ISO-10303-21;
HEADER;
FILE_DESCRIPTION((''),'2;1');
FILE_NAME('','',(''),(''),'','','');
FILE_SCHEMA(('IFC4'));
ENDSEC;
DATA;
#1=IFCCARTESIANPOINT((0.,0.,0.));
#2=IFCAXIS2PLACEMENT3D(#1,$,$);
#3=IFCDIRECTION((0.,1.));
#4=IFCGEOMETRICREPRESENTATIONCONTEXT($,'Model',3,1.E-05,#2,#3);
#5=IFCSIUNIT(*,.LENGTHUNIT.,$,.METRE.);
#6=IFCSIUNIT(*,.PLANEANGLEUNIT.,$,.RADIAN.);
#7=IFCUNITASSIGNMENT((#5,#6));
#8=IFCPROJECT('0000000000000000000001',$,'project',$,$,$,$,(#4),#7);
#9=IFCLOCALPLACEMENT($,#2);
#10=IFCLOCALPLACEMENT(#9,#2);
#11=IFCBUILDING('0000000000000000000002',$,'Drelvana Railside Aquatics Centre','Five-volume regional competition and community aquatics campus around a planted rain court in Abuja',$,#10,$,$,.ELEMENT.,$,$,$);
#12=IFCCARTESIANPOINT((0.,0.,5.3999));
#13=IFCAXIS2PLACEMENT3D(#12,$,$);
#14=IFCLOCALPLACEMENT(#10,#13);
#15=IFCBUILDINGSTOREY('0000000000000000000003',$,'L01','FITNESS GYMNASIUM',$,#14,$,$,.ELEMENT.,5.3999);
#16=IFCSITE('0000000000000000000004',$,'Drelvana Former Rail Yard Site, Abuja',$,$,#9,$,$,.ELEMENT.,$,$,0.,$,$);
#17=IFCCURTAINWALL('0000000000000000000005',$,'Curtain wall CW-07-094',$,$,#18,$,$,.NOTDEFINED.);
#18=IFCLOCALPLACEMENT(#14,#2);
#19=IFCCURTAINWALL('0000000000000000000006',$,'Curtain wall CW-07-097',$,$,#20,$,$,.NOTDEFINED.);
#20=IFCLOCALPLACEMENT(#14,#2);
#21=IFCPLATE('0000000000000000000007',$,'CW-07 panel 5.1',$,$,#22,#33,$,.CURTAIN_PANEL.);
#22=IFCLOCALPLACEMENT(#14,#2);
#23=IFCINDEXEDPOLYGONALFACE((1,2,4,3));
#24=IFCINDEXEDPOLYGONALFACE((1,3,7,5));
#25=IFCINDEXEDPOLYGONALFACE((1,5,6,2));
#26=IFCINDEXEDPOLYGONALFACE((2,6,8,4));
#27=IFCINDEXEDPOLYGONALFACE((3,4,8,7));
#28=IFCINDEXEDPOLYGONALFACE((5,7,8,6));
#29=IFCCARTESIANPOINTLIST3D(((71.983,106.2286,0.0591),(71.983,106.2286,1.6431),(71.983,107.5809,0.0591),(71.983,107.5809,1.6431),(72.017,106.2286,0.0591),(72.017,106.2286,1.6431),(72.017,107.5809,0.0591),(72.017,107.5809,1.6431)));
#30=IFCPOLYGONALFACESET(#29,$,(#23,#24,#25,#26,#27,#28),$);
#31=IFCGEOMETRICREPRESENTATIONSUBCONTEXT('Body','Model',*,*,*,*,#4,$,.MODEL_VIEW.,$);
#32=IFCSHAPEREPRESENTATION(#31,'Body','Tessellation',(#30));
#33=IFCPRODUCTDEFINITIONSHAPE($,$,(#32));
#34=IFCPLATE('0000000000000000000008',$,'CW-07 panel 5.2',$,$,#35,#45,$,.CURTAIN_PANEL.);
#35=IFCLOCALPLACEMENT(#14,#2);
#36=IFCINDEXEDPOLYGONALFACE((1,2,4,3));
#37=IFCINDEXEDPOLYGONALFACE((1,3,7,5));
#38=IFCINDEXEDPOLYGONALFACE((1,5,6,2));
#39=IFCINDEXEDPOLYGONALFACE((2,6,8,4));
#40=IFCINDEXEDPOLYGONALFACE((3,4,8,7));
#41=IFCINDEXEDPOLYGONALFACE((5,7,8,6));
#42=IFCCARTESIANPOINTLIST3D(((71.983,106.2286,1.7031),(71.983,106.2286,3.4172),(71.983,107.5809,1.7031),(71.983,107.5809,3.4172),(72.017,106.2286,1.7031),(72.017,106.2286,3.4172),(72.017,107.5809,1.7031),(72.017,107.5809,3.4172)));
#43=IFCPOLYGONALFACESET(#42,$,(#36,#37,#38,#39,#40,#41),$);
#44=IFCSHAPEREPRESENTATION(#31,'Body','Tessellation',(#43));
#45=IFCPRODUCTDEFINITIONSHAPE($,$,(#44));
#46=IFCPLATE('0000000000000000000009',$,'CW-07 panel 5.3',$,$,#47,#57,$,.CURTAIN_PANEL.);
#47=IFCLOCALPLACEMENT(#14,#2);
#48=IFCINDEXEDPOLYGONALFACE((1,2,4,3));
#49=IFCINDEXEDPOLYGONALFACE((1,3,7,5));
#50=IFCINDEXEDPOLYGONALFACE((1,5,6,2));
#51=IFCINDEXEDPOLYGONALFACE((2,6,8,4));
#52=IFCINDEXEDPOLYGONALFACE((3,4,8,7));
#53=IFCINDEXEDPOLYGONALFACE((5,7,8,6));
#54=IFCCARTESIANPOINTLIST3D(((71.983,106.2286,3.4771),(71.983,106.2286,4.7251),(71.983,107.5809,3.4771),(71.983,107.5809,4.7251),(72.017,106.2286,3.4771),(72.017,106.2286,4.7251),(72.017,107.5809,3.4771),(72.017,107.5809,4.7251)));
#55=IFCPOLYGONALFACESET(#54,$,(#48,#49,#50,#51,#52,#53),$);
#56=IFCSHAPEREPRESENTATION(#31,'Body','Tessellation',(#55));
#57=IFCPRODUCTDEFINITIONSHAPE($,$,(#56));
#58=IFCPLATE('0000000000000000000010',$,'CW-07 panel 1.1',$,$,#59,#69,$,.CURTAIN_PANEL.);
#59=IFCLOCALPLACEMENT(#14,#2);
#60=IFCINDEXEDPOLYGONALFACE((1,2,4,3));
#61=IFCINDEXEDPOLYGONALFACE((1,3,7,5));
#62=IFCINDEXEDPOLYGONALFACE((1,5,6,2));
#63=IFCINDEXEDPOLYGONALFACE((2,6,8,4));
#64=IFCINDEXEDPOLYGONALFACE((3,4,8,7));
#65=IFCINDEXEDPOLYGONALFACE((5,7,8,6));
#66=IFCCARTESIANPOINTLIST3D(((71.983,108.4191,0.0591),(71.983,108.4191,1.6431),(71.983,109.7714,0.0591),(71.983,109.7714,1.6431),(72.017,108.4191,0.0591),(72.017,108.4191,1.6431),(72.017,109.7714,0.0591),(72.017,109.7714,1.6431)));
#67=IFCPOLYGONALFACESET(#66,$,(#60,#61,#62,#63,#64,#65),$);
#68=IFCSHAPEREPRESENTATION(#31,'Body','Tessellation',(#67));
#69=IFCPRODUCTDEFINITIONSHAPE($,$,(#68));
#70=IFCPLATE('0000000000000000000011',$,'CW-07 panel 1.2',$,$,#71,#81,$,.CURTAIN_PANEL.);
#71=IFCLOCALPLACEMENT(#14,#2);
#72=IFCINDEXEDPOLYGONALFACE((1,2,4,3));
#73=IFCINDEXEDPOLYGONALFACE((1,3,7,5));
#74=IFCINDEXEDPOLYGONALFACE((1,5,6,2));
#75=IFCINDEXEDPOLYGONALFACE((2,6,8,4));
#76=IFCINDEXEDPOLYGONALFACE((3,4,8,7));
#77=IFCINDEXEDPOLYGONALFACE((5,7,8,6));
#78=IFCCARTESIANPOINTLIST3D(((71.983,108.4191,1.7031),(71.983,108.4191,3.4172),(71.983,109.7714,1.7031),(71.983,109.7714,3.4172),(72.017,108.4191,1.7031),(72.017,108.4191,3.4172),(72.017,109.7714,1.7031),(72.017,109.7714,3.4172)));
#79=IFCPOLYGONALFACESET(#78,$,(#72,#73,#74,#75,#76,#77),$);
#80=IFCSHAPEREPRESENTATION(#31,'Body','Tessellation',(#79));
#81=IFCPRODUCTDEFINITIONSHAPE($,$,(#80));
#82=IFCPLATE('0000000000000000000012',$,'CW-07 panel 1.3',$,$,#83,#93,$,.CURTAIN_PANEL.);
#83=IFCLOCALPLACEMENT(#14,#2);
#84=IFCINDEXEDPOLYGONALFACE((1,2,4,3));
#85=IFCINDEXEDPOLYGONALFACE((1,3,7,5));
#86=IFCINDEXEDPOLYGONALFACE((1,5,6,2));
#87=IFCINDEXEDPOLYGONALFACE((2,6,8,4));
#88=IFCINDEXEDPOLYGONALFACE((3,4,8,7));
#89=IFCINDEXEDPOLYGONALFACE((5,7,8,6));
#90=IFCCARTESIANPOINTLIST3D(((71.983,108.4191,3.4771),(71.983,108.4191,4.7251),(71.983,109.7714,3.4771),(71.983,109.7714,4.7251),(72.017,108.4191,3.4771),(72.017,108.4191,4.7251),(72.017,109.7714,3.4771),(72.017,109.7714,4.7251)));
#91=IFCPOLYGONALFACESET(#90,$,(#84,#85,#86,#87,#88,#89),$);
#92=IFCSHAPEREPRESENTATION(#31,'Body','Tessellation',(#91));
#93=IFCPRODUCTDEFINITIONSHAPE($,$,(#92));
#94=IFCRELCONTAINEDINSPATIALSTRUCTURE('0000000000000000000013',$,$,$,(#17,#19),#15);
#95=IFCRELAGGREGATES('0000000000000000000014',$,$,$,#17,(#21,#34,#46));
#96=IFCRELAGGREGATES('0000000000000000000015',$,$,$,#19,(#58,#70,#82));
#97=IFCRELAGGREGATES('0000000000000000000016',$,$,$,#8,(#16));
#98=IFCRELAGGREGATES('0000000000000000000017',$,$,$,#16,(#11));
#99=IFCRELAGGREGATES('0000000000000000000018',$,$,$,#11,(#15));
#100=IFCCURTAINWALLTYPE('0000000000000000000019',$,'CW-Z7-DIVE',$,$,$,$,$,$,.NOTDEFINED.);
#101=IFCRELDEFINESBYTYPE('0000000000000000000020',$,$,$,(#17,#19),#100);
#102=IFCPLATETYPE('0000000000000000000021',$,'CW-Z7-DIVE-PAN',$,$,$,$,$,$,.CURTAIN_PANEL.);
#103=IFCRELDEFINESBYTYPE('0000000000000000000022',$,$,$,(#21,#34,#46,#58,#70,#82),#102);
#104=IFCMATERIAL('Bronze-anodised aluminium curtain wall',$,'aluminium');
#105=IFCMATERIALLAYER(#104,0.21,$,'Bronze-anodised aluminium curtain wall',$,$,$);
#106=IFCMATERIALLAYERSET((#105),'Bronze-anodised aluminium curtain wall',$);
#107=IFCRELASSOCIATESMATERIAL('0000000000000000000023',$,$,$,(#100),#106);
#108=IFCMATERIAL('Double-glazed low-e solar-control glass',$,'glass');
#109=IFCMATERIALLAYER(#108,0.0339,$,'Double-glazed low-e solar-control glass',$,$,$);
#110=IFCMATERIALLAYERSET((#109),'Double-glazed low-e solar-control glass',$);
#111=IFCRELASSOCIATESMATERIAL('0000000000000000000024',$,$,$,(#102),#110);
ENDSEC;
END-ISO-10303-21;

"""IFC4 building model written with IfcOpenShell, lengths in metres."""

from ifc_helpers import new_model, si_unit, direction, frame, origin, origin_2d, place, context, subcontext, project, spatial, rectangle, extrude, material, layer, layer_set, type_object, element, aggregate, save


model = new_model("IFC4")

# Units and contexts
model_context = context("Model", 3, precision=1e-05, world=origin(), true_north=direction((0.0, 1.0)))
body_context = subcontext(model_context, "Body", "Model", "MODEL_VIEW")
ifc_project = project(units=[si_unit("LENGTHUNIT", "METRE"), si_unit("PLANEANGLEUNIT", "RADIAN")], contexts=[model_context])

# Site, building, storey
site_placement = place(None, origin())
site = spatial("IfcSite", under=ifc_project, at=site_placement, Name="Drelvana Former Rail Yard Site, Abuja", CompositionType="ELEMENT", RefElevation=0.0)
building_placement = place(site_placement, origin())
building = spatial("IfcBuilding", under=site, at=building_placement, Name="Drelvana Railside Aquatics Centre", Description="Five-volume regional competition and community aquatics campus around a planted rain court in Abuja", CompositionType="ELEMENT")
storey_placement = place(building_placement, frame((0.0, 0.0, 5.3999)))
storey = spatial("IfcBuildingStorey", under=building, at=storey_placement, Name="L01", Description="FITNESS GYMNASIUM", CompositionType="ELEMENT", Elevation=5.3999)

# Shared definitions
ifc_material_1 = material(Name="Bronze-anodised aluminium curtain wall", Category="aluminium")

# Curtain wall
ifc_layer_1 = layer(ifc_material_1, 0.21, Name="Bronze-anodised aluminium curtain wall")
ifc_layer_set_1 = layer_set([ifc_layer_1], Name="Bronze-anodised aluminium curtain wall")
curtain_wall_type_1 = type_object("IfcCurtainWallType", Name="CW-Z7-DIVE", PredefinedType="NOTDEFINED", material=ifc_layer_set_1)
curtain_wall_1_placement = place(storey_placement, origin())
curtain_wall_1 = element("IfcCurtainWall", 1, at=curtain_wall_1_placement, inside=storey, type_object=curtain_wall_type_1, Name="Curtain wall CW-07-094", PredefinedType="NOTDEFINED")

# Curtain wall
curtain_wall_2_placement = place(storey_placement, origin())
curtain_wall_2 = element("IfcCurtainWall", 2, at=curtain_wall_2_placement, inside=storey, type_object=curtain_wall_type_1, Name="Curtain wall CW-07-097", PredefinedType="NOTDEFINED")

# Plates
ifc_material_2 = material(Name="Double-glazed low-e solar-control glass", Category="glass")
ifc_layer_2 = layer(ifc_material_2, 0.0339, Name="Double-glazed low-e solar-control glass")
ifc_layer_set_2 = layer_set([ifc_layer_2], Name="Double-glazed low-e solar-control glass")
plate_type_1 = type_object("IfcPlateType", Name="CW-Z7-DIVE-PAN", PredefinedType="CURTAIN_PANEL", material=ifc_layer_set_2)
plate_1_placement = place(storey_placement, frame((72.0, 106.9048, 0.0591), z_axis=(0.0, 0.0, 1.0), x_axis=(0.0, 1.0, 0.0)))
plate_1 = element("IfcPlate", 3, at=plate_1_placement, type_object=plate_type_1, Name="CW-07 panel 5.1", PredefinedType="CURTAIN_PANEL", context=body_context, shape_type="SweptSolid", body=[
    extrude(rectangle(XDim=1.3523, YDim=0.0339, at=origin_2d()), origin(), (0.0, 0.0, 1.0), 1.584),
])
plate_2_placement = place(storey_placement, frame((72.0, 106.9048, 1.7031), z_axis=(0.0, 0.0, 1.0), x_axis=(0.0, 1.0, 0.0)))
plate_2 = element("IfcPlate", 4, at=plate_2_placement, type_object=plate_type_1, Name="CW-07 panel 5.2", PredefinedType="CURTAIN_PANEL", context=body_context, shape_type="SweptSolid", body=[
    extrude(rectangle(XDim=1.3523, YDim=0.0339, at=origin_2d()), origin(), (0.0, 0.0, 1.0), 1.7141),
])
plate_3_placement = place(storey_placement, frame((72.0, 106.9048, 3.4771), z_axis=(0.0, 0.0, 1.0), x_axis=(0.0, 1.0, 0.0)))
plate_3 = element("IfcPlate", 5, at=plate_3_placement, type_object=plate_type_1, Name="CW-07 panel 5.3", PredefinedType="CURTAIN_PANEL", context=body_context, shape_type="SweptSolid", body=[
    extrude(rectangle(XDim=1.3523, YDim=0.0339, at=origin_2d()), origin(), (0.0, 0.0, 1.0), 1.248),
])
aggregate(curtain_wall_1, [plate_1, plate_2, plate_3])
plate_4_placement = place(storey_placement, frame((72.0, 109.0952, 0.0591), z_axis=(0.0, 0.0, 1.0), x_axis=(0.0, 1.0, 0.0)))
plate_4 = element("IfcPlate", 6, at=plate_4_placement, type_object=plate_type_1, Name="CW-07 panel 1.1", PredefinedType="CURTAIN_PANEL", context=body_context, shape_type="SweptSolid", body=[
    extrude(rectangle(XDim=1.3523, YDim=0.0339, at=origin_2d()), origin(), (0.0, 0.0, 1.0), 1.584),
])
plate_5_placement = place(storey_placement, frame((72.0, 109.0952, 1.7031), z_axis=(0.0, 0.0, 1.0), x_axis=(0.0, 1.0, 0.0)))
plate_5 = element("IfcPlate", 7, at=plate_5_placement, type_object=plate_type_1, Name="CW-07 panel 1.2", PredefinedType="CURTAIN_PANEL", context=body_context, shape_type="SweptSolid", body=[
    extrude(rectangle(XDim=1.3523, YDim=0.0339, at=origin_2d()), origin(), (0.0, 0.0, 1.0), 1.7141),
])
plate_6_placement = place(storey_placement, frame((72.0, 109.0952, 3.4771), z_axis=(0.0, 0.0, 1.0), x_axis=(0.0, 1.0, 0.0)))
plate_6 = element("IfcPlate", 8, at=plate_6_placement, type_object=plate_type_1, Name="CW-07 panel 1.3", PredefinedType="CURTAIN_PANEL", context=body_context, shape_type="SweptSolid", body=[
    extrude(rectangle(XDim=1.3523, YDim=0.0339, at=origin_2d()), origin(), (0.0, 0.0, 1.0), 1.248),
])
aggregate(curtain_wall_2, [plate_4, plate_5, plate_6])

save(model, "model.ifc")
